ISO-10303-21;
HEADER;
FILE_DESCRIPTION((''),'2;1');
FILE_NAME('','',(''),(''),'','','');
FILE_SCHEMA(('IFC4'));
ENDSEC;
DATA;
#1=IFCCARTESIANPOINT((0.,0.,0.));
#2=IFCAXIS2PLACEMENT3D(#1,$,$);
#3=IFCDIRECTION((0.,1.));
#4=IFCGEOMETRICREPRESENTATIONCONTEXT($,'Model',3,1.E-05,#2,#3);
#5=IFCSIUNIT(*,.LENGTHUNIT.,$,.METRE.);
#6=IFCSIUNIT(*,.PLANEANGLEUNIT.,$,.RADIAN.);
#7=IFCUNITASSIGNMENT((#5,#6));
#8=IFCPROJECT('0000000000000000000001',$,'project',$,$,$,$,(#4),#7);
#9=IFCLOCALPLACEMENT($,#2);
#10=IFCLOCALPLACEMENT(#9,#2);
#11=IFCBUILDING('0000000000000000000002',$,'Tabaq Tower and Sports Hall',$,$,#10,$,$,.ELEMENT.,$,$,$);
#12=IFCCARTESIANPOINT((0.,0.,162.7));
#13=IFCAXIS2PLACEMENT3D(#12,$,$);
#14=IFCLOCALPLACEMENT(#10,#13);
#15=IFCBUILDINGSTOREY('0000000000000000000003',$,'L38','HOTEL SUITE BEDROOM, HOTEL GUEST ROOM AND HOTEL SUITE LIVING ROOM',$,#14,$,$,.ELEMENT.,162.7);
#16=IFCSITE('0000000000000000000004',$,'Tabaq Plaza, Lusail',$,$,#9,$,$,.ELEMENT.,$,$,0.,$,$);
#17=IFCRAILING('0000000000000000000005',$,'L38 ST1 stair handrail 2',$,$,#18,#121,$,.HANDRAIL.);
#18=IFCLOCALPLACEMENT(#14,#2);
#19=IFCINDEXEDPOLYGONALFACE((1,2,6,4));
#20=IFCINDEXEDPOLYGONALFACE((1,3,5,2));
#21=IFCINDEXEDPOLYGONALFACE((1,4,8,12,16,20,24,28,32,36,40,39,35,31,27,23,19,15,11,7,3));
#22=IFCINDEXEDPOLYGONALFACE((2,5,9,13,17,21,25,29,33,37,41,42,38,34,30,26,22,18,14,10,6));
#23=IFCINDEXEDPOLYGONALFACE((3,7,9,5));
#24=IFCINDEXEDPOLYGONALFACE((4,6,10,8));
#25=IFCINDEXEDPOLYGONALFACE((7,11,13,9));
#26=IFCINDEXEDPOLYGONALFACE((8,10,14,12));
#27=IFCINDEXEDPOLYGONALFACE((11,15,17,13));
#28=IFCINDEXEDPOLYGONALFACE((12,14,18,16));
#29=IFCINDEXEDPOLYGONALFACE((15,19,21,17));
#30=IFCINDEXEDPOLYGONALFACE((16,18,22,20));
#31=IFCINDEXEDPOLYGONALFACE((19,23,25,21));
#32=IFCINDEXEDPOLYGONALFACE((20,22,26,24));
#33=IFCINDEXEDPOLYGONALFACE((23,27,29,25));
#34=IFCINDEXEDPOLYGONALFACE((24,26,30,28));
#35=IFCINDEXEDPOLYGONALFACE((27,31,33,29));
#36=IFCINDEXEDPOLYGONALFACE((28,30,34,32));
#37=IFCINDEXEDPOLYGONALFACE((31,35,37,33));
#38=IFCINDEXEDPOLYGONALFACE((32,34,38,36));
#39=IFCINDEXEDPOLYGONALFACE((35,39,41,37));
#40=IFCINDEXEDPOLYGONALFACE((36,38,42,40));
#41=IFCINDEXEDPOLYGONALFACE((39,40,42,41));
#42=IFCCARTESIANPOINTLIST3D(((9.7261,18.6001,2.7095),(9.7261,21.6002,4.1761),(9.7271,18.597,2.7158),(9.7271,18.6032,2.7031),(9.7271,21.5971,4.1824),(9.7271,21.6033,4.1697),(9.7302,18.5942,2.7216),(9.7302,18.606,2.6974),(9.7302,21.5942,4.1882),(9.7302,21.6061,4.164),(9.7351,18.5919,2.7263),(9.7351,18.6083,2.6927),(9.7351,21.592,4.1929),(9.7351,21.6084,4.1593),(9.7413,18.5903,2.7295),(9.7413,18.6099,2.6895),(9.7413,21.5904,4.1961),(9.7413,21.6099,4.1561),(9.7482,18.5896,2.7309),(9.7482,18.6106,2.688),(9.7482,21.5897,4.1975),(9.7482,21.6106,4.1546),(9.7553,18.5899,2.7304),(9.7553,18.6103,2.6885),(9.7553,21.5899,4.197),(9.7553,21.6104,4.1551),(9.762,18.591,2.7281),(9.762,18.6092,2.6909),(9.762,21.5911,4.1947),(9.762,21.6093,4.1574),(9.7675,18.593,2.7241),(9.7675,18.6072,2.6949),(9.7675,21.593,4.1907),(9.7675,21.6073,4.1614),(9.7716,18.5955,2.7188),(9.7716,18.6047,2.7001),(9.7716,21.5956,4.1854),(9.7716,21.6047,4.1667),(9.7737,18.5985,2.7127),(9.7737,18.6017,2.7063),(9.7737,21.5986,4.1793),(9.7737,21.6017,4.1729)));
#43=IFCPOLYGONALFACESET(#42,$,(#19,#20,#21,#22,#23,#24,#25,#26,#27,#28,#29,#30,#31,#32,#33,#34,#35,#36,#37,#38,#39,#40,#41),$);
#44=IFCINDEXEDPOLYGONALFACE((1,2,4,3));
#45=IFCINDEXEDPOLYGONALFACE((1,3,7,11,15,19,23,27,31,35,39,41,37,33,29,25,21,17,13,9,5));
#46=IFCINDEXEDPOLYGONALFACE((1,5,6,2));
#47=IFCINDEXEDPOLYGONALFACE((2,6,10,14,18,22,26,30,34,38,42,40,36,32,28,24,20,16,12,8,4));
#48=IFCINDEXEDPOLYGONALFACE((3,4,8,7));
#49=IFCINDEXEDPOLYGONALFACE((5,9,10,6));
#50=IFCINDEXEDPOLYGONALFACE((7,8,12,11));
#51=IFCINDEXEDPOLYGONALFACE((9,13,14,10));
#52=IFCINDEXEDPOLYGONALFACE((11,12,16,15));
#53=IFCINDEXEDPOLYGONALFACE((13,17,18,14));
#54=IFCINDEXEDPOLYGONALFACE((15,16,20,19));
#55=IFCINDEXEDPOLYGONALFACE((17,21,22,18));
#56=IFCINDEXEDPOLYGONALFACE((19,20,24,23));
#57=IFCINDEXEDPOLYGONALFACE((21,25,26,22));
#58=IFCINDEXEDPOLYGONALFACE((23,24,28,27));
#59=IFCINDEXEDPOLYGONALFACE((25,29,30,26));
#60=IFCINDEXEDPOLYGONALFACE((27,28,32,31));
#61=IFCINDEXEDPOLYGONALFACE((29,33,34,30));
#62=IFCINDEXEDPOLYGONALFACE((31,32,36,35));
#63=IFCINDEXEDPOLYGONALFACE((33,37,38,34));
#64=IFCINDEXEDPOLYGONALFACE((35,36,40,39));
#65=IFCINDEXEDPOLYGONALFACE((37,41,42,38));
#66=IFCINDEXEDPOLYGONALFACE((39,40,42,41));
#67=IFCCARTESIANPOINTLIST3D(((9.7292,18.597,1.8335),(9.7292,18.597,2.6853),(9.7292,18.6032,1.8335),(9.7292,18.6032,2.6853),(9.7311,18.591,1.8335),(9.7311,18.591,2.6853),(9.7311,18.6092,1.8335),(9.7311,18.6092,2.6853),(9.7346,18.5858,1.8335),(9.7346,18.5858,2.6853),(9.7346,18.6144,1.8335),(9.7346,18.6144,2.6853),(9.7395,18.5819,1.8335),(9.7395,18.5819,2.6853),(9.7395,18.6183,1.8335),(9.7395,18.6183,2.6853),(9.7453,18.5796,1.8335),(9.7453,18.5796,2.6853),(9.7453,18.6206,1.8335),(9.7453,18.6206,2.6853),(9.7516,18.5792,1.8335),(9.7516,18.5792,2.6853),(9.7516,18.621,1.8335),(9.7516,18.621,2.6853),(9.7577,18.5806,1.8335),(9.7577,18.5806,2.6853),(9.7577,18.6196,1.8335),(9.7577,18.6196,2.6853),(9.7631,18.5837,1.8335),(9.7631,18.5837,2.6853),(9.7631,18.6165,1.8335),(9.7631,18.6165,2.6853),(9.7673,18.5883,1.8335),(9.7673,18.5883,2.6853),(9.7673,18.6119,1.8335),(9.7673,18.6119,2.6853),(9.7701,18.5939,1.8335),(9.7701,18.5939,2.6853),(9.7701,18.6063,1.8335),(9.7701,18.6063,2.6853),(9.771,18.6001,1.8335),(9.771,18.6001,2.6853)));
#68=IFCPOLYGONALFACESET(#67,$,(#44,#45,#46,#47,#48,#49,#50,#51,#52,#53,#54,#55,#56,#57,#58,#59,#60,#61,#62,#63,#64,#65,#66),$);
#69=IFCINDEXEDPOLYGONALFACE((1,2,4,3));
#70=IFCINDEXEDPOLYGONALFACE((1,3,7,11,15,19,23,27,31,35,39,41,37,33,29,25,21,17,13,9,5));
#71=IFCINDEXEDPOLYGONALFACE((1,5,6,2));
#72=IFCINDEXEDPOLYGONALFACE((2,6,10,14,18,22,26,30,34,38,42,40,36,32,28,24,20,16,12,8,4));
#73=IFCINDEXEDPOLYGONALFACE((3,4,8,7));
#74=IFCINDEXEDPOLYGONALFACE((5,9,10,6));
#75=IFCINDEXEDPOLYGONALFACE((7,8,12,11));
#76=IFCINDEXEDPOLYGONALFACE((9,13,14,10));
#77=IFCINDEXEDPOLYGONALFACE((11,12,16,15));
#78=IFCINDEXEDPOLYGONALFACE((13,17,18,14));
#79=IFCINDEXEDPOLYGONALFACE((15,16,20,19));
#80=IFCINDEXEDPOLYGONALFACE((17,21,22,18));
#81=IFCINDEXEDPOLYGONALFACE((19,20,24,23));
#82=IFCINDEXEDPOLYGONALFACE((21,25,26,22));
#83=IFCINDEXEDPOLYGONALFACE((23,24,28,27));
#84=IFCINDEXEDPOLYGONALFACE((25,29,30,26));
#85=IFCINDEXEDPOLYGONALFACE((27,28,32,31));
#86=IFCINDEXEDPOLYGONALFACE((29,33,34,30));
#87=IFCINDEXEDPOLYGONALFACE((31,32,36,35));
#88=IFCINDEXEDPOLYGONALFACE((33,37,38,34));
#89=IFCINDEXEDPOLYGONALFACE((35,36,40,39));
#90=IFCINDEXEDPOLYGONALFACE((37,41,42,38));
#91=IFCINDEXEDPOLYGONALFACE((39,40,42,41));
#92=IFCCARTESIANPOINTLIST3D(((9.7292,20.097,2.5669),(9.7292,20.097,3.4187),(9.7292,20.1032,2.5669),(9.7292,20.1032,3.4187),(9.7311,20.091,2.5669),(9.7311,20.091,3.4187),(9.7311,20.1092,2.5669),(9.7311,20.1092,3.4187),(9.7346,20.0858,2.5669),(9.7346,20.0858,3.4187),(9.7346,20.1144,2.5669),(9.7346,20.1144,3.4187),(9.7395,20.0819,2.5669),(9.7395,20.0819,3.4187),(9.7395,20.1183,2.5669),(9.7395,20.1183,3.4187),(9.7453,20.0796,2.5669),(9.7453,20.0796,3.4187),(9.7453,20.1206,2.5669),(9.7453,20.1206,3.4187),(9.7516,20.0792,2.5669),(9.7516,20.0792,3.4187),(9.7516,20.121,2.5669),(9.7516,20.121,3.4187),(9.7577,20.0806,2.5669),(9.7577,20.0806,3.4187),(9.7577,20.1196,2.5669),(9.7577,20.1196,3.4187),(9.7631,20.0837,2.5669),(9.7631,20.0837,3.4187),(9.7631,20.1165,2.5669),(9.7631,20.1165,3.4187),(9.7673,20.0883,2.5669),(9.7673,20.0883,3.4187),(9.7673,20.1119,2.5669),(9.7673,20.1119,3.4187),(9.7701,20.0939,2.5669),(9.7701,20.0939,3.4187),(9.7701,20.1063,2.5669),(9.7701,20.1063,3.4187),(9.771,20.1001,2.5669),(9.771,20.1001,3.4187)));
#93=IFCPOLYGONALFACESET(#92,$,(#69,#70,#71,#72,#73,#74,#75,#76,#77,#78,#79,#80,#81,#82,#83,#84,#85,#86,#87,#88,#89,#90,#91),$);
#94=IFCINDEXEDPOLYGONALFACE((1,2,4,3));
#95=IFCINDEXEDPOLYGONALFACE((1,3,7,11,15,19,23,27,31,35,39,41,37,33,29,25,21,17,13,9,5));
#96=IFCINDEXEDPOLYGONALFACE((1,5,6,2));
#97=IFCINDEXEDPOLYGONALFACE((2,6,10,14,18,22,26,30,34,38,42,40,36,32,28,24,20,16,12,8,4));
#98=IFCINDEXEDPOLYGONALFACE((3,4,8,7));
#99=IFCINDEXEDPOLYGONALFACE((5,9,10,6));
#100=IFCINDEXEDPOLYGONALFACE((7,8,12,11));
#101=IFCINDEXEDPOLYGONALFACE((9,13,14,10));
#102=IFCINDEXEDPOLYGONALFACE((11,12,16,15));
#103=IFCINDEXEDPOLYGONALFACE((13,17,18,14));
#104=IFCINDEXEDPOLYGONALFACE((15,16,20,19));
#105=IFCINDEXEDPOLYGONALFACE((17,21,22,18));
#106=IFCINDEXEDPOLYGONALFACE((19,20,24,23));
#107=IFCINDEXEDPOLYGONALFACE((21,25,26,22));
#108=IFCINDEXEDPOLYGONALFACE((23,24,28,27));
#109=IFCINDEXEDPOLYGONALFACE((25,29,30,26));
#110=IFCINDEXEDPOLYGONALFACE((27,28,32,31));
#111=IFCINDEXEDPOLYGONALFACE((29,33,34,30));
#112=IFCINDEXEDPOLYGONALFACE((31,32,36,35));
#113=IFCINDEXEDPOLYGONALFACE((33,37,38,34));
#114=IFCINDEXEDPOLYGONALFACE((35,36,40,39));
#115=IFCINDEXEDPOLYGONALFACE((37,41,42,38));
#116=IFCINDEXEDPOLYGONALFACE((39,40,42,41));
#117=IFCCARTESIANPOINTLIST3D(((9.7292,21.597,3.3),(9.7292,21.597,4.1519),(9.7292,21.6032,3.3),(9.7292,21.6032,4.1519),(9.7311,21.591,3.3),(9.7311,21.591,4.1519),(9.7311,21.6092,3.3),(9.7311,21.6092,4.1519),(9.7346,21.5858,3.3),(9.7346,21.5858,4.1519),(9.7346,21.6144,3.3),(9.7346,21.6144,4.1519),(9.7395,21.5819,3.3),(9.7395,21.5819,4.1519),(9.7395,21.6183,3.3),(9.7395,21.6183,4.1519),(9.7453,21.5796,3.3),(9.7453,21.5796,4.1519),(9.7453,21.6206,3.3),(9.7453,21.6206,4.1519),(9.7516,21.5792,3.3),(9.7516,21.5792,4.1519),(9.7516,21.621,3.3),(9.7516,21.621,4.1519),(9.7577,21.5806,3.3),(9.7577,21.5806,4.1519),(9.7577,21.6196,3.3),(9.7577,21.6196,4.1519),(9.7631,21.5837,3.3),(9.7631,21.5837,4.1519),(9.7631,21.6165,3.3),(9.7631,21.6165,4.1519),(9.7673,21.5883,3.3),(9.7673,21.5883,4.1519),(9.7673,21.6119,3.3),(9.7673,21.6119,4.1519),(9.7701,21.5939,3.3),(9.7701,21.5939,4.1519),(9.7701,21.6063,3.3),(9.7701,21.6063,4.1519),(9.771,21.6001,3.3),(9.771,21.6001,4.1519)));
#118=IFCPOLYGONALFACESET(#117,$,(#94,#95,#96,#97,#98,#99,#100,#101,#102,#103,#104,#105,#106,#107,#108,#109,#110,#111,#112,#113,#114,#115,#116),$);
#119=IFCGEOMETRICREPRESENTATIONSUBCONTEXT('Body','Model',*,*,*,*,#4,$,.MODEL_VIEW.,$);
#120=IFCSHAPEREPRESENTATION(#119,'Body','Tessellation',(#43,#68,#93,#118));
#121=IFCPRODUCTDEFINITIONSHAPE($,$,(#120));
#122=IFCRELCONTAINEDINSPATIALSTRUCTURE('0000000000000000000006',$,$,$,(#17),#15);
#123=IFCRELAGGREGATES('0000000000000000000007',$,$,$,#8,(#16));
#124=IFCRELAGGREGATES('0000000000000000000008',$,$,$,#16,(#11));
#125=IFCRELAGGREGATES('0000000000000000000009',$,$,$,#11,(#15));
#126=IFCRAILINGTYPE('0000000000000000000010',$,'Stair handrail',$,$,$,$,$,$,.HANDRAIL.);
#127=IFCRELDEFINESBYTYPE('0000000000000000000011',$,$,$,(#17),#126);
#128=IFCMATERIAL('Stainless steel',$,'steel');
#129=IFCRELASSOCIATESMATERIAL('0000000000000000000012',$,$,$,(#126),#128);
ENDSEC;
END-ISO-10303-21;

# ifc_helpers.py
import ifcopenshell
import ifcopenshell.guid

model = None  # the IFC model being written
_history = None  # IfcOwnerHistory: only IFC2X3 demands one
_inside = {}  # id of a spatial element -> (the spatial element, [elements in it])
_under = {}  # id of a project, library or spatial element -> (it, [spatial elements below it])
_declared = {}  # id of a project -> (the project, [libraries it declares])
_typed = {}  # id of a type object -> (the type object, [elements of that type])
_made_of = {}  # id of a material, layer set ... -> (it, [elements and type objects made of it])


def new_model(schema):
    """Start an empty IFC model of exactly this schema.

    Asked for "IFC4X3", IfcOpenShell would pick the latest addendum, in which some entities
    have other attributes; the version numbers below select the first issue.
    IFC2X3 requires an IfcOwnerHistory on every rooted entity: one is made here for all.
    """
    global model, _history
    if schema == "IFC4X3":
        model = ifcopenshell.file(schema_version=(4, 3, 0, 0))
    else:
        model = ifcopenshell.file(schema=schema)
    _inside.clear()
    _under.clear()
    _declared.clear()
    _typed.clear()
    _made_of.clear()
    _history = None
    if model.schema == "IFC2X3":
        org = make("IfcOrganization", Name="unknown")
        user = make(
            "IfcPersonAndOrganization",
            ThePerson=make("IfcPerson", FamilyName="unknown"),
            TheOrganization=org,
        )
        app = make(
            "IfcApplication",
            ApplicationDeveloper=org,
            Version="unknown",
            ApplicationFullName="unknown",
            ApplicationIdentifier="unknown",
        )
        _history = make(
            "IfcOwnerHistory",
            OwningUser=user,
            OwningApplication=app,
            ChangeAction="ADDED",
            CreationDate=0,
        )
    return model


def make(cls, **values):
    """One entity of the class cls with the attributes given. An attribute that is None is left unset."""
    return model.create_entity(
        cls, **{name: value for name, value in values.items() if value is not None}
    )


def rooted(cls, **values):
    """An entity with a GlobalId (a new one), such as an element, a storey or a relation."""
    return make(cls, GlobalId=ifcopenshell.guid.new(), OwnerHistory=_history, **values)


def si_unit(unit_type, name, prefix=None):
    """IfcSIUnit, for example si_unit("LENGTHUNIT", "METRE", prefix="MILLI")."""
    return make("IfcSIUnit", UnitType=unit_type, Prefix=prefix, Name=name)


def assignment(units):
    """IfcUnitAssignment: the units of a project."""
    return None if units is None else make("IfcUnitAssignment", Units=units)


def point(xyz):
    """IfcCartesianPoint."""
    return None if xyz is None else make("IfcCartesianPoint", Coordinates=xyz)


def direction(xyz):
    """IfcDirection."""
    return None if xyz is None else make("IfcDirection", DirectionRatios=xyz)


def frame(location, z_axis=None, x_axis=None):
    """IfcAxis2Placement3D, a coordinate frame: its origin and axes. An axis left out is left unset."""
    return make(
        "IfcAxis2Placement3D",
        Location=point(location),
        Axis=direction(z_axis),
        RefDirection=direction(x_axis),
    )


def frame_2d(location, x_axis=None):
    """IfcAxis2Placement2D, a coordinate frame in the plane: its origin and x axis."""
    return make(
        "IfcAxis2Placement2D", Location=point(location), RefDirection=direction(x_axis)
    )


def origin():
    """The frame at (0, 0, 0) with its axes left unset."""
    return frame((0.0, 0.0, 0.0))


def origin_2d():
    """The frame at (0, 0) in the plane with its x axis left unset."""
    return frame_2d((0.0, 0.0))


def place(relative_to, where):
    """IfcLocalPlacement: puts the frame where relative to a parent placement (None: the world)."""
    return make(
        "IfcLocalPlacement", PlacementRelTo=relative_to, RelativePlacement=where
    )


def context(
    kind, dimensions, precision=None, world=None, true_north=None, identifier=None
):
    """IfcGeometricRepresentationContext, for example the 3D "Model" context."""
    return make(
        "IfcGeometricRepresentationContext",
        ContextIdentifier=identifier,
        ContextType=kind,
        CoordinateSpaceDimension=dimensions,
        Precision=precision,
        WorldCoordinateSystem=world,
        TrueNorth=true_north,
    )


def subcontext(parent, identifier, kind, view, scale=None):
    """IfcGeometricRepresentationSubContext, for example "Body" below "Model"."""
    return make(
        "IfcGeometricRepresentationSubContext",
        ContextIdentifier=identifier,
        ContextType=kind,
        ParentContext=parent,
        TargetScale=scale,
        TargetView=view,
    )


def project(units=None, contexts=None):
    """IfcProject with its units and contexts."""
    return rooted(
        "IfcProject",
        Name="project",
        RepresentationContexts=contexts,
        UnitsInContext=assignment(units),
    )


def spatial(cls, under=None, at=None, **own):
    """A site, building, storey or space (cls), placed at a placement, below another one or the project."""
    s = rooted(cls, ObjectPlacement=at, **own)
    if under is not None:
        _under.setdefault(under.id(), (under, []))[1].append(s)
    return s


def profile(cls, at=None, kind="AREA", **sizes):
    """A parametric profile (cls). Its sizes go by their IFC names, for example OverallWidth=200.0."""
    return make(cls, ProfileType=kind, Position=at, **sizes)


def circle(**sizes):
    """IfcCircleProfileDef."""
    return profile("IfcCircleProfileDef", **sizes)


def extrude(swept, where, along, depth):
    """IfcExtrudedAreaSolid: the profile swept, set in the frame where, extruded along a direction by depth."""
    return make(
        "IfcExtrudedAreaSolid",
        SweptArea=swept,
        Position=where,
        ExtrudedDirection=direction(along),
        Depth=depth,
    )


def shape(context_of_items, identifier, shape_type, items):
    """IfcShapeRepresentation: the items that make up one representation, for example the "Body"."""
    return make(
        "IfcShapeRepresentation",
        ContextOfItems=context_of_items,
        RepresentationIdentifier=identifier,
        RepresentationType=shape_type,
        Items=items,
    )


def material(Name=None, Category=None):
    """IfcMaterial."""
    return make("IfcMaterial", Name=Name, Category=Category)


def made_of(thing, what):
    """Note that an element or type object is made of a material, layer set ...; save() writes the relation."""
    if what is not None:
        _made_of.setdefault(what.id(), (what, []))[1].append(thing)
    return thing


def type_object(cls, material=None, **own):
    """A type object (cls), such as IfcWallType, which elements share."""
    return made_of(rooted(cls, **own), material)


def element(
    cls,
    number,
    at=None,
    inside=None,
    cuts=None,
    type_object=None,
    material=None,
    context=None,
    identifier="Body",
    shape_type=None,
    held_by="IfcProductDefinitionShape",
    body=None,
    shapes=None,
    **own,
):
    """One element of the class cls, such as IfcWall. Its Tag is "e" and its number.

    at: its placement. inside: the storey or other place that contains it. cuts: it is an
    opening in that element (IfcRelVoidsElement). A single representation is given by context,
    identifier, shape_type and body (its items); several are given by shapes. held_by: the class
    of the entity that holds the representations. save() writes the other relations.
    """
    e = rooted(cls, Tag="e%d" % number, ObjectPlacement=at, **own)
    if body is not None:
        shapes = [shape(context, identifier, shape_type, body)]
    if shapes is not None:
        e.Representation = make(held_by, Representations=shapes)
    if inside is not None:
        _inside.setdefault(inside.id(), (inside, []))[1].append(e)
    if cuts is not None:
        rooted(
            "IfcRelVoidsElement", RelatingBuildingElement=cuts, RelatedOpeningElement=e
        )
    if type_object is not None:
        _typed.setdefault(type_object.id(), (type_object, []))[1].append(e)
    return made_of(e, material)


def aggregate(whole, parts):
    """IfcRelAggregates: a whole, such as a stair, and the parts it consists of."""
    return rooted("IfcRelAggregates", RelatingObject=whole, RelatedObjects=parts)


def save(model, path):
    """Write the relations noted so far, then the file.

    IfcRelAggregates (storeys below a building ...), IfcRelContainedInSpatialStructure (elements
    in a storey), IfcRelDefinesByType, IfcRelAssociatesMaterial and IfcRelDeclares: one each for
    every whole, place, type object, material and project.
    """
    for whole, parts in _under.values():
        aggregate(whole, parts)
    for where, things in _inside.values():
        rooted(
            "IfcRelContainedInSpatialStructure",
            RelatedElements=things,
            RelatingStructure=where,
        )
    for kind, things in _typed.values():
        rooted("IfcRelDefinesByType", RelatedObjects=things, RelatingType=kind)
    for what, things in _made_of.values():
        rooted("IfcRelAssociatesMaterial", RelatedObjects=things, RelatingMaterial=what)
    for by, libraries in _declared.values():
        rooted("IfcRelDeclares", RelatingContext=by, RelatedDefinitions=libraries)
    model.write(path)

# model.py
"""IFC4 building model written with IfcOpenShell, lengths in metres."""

from ifc_helpers import new_model, si_unit, direction, frame, origin, origin_2d, place, context, subcontext, project, spatial, circle, extrude, material, type_object, element, save


model = new_model("IFC4")

# Units and contexts
model_context = context("Model", 3, precision=1e-05, world=origin(), true_north=direction((0.0, 1.0)))
body_context = subcontext(model_context, "Body", "Model", "MODEL_VIEW")
ifc_project = project(units=[si_unit("LENGTHUNIT", "METRE"), si_unit("PLANEANGLEUNIT", "RADIAN")], contexts=[model_context])

# Site, building, storey
site_placement = place(None, origin())
site = spatial("IfcSite", under=ifc_project, at=site_placement, Name="Tabaq Plaza, Lusail", CompositionType="ELEMENT", RefElevation=0.0)
building_placement = place(site_placement, origin())
building = spatial("IfcBuilding", under=site, at=building_placement, Name="Tabaq Tower and Sports Hall", CompositionType="ELEMENT")
storey_placement = place(building_placement, frame((0.0, 0.0, 162.7)))
storey = spatial("IfcBuildingStorey", under=building, at=storey_placement, Name="L38", Description="HOTEL SUITE BEDROOM, HOTEL GUEST ROOM AND HOTEL SUITE LIVING ROOM", CompositionType="ELEMENT", Elevation=162.7)

# Railing
ifc_material_1 = material(Name="Stainless steel", Category="steel")
railing_type = type_object("IfcRailingType", Name="Stair handrail", PredefinedType="HANDRAIL", material=ifc_material_1)
railing_1_placement = place(storey_placement, frame((9.75, 18.6001, 1.8335)))
element("IfcRailing", 1, at=railing_1_placement, inside=storey, type_object=railing_type, Name="L38 ST1 stair handrail 2", PredefinedType="HANDRAIL", context=body_context, shape_type="SweptSolid", body=[
    extrude(circle(Radius=0.0239, at=origin_2d()), frame((0.0, 0.0, 0.876), z_axis=(0.0, 0.898398, 0.439183), x_axis=(-1.0, 0.0, 0.0)), (0.0, 0.0, 1.0), 3.3394),
    extrude(circle(Radius=0.021, at=origin_2d()), origin(), (0.0, 0.0, 1.0), 0.8518),
    extrude(circle(Radius=0.021, at=origin_2d()), frame((0.0, 1.5, 0.7334)), (0.0, 0.0, 1.0), 0.8518),
    extrude(circle(Radius=0.021, at=origin_2d()), frame((0.0, 3.0, 1.4666)), (0.0, 0.0, 1.0), 0.8518),
])

save(model, "model.ifc")
